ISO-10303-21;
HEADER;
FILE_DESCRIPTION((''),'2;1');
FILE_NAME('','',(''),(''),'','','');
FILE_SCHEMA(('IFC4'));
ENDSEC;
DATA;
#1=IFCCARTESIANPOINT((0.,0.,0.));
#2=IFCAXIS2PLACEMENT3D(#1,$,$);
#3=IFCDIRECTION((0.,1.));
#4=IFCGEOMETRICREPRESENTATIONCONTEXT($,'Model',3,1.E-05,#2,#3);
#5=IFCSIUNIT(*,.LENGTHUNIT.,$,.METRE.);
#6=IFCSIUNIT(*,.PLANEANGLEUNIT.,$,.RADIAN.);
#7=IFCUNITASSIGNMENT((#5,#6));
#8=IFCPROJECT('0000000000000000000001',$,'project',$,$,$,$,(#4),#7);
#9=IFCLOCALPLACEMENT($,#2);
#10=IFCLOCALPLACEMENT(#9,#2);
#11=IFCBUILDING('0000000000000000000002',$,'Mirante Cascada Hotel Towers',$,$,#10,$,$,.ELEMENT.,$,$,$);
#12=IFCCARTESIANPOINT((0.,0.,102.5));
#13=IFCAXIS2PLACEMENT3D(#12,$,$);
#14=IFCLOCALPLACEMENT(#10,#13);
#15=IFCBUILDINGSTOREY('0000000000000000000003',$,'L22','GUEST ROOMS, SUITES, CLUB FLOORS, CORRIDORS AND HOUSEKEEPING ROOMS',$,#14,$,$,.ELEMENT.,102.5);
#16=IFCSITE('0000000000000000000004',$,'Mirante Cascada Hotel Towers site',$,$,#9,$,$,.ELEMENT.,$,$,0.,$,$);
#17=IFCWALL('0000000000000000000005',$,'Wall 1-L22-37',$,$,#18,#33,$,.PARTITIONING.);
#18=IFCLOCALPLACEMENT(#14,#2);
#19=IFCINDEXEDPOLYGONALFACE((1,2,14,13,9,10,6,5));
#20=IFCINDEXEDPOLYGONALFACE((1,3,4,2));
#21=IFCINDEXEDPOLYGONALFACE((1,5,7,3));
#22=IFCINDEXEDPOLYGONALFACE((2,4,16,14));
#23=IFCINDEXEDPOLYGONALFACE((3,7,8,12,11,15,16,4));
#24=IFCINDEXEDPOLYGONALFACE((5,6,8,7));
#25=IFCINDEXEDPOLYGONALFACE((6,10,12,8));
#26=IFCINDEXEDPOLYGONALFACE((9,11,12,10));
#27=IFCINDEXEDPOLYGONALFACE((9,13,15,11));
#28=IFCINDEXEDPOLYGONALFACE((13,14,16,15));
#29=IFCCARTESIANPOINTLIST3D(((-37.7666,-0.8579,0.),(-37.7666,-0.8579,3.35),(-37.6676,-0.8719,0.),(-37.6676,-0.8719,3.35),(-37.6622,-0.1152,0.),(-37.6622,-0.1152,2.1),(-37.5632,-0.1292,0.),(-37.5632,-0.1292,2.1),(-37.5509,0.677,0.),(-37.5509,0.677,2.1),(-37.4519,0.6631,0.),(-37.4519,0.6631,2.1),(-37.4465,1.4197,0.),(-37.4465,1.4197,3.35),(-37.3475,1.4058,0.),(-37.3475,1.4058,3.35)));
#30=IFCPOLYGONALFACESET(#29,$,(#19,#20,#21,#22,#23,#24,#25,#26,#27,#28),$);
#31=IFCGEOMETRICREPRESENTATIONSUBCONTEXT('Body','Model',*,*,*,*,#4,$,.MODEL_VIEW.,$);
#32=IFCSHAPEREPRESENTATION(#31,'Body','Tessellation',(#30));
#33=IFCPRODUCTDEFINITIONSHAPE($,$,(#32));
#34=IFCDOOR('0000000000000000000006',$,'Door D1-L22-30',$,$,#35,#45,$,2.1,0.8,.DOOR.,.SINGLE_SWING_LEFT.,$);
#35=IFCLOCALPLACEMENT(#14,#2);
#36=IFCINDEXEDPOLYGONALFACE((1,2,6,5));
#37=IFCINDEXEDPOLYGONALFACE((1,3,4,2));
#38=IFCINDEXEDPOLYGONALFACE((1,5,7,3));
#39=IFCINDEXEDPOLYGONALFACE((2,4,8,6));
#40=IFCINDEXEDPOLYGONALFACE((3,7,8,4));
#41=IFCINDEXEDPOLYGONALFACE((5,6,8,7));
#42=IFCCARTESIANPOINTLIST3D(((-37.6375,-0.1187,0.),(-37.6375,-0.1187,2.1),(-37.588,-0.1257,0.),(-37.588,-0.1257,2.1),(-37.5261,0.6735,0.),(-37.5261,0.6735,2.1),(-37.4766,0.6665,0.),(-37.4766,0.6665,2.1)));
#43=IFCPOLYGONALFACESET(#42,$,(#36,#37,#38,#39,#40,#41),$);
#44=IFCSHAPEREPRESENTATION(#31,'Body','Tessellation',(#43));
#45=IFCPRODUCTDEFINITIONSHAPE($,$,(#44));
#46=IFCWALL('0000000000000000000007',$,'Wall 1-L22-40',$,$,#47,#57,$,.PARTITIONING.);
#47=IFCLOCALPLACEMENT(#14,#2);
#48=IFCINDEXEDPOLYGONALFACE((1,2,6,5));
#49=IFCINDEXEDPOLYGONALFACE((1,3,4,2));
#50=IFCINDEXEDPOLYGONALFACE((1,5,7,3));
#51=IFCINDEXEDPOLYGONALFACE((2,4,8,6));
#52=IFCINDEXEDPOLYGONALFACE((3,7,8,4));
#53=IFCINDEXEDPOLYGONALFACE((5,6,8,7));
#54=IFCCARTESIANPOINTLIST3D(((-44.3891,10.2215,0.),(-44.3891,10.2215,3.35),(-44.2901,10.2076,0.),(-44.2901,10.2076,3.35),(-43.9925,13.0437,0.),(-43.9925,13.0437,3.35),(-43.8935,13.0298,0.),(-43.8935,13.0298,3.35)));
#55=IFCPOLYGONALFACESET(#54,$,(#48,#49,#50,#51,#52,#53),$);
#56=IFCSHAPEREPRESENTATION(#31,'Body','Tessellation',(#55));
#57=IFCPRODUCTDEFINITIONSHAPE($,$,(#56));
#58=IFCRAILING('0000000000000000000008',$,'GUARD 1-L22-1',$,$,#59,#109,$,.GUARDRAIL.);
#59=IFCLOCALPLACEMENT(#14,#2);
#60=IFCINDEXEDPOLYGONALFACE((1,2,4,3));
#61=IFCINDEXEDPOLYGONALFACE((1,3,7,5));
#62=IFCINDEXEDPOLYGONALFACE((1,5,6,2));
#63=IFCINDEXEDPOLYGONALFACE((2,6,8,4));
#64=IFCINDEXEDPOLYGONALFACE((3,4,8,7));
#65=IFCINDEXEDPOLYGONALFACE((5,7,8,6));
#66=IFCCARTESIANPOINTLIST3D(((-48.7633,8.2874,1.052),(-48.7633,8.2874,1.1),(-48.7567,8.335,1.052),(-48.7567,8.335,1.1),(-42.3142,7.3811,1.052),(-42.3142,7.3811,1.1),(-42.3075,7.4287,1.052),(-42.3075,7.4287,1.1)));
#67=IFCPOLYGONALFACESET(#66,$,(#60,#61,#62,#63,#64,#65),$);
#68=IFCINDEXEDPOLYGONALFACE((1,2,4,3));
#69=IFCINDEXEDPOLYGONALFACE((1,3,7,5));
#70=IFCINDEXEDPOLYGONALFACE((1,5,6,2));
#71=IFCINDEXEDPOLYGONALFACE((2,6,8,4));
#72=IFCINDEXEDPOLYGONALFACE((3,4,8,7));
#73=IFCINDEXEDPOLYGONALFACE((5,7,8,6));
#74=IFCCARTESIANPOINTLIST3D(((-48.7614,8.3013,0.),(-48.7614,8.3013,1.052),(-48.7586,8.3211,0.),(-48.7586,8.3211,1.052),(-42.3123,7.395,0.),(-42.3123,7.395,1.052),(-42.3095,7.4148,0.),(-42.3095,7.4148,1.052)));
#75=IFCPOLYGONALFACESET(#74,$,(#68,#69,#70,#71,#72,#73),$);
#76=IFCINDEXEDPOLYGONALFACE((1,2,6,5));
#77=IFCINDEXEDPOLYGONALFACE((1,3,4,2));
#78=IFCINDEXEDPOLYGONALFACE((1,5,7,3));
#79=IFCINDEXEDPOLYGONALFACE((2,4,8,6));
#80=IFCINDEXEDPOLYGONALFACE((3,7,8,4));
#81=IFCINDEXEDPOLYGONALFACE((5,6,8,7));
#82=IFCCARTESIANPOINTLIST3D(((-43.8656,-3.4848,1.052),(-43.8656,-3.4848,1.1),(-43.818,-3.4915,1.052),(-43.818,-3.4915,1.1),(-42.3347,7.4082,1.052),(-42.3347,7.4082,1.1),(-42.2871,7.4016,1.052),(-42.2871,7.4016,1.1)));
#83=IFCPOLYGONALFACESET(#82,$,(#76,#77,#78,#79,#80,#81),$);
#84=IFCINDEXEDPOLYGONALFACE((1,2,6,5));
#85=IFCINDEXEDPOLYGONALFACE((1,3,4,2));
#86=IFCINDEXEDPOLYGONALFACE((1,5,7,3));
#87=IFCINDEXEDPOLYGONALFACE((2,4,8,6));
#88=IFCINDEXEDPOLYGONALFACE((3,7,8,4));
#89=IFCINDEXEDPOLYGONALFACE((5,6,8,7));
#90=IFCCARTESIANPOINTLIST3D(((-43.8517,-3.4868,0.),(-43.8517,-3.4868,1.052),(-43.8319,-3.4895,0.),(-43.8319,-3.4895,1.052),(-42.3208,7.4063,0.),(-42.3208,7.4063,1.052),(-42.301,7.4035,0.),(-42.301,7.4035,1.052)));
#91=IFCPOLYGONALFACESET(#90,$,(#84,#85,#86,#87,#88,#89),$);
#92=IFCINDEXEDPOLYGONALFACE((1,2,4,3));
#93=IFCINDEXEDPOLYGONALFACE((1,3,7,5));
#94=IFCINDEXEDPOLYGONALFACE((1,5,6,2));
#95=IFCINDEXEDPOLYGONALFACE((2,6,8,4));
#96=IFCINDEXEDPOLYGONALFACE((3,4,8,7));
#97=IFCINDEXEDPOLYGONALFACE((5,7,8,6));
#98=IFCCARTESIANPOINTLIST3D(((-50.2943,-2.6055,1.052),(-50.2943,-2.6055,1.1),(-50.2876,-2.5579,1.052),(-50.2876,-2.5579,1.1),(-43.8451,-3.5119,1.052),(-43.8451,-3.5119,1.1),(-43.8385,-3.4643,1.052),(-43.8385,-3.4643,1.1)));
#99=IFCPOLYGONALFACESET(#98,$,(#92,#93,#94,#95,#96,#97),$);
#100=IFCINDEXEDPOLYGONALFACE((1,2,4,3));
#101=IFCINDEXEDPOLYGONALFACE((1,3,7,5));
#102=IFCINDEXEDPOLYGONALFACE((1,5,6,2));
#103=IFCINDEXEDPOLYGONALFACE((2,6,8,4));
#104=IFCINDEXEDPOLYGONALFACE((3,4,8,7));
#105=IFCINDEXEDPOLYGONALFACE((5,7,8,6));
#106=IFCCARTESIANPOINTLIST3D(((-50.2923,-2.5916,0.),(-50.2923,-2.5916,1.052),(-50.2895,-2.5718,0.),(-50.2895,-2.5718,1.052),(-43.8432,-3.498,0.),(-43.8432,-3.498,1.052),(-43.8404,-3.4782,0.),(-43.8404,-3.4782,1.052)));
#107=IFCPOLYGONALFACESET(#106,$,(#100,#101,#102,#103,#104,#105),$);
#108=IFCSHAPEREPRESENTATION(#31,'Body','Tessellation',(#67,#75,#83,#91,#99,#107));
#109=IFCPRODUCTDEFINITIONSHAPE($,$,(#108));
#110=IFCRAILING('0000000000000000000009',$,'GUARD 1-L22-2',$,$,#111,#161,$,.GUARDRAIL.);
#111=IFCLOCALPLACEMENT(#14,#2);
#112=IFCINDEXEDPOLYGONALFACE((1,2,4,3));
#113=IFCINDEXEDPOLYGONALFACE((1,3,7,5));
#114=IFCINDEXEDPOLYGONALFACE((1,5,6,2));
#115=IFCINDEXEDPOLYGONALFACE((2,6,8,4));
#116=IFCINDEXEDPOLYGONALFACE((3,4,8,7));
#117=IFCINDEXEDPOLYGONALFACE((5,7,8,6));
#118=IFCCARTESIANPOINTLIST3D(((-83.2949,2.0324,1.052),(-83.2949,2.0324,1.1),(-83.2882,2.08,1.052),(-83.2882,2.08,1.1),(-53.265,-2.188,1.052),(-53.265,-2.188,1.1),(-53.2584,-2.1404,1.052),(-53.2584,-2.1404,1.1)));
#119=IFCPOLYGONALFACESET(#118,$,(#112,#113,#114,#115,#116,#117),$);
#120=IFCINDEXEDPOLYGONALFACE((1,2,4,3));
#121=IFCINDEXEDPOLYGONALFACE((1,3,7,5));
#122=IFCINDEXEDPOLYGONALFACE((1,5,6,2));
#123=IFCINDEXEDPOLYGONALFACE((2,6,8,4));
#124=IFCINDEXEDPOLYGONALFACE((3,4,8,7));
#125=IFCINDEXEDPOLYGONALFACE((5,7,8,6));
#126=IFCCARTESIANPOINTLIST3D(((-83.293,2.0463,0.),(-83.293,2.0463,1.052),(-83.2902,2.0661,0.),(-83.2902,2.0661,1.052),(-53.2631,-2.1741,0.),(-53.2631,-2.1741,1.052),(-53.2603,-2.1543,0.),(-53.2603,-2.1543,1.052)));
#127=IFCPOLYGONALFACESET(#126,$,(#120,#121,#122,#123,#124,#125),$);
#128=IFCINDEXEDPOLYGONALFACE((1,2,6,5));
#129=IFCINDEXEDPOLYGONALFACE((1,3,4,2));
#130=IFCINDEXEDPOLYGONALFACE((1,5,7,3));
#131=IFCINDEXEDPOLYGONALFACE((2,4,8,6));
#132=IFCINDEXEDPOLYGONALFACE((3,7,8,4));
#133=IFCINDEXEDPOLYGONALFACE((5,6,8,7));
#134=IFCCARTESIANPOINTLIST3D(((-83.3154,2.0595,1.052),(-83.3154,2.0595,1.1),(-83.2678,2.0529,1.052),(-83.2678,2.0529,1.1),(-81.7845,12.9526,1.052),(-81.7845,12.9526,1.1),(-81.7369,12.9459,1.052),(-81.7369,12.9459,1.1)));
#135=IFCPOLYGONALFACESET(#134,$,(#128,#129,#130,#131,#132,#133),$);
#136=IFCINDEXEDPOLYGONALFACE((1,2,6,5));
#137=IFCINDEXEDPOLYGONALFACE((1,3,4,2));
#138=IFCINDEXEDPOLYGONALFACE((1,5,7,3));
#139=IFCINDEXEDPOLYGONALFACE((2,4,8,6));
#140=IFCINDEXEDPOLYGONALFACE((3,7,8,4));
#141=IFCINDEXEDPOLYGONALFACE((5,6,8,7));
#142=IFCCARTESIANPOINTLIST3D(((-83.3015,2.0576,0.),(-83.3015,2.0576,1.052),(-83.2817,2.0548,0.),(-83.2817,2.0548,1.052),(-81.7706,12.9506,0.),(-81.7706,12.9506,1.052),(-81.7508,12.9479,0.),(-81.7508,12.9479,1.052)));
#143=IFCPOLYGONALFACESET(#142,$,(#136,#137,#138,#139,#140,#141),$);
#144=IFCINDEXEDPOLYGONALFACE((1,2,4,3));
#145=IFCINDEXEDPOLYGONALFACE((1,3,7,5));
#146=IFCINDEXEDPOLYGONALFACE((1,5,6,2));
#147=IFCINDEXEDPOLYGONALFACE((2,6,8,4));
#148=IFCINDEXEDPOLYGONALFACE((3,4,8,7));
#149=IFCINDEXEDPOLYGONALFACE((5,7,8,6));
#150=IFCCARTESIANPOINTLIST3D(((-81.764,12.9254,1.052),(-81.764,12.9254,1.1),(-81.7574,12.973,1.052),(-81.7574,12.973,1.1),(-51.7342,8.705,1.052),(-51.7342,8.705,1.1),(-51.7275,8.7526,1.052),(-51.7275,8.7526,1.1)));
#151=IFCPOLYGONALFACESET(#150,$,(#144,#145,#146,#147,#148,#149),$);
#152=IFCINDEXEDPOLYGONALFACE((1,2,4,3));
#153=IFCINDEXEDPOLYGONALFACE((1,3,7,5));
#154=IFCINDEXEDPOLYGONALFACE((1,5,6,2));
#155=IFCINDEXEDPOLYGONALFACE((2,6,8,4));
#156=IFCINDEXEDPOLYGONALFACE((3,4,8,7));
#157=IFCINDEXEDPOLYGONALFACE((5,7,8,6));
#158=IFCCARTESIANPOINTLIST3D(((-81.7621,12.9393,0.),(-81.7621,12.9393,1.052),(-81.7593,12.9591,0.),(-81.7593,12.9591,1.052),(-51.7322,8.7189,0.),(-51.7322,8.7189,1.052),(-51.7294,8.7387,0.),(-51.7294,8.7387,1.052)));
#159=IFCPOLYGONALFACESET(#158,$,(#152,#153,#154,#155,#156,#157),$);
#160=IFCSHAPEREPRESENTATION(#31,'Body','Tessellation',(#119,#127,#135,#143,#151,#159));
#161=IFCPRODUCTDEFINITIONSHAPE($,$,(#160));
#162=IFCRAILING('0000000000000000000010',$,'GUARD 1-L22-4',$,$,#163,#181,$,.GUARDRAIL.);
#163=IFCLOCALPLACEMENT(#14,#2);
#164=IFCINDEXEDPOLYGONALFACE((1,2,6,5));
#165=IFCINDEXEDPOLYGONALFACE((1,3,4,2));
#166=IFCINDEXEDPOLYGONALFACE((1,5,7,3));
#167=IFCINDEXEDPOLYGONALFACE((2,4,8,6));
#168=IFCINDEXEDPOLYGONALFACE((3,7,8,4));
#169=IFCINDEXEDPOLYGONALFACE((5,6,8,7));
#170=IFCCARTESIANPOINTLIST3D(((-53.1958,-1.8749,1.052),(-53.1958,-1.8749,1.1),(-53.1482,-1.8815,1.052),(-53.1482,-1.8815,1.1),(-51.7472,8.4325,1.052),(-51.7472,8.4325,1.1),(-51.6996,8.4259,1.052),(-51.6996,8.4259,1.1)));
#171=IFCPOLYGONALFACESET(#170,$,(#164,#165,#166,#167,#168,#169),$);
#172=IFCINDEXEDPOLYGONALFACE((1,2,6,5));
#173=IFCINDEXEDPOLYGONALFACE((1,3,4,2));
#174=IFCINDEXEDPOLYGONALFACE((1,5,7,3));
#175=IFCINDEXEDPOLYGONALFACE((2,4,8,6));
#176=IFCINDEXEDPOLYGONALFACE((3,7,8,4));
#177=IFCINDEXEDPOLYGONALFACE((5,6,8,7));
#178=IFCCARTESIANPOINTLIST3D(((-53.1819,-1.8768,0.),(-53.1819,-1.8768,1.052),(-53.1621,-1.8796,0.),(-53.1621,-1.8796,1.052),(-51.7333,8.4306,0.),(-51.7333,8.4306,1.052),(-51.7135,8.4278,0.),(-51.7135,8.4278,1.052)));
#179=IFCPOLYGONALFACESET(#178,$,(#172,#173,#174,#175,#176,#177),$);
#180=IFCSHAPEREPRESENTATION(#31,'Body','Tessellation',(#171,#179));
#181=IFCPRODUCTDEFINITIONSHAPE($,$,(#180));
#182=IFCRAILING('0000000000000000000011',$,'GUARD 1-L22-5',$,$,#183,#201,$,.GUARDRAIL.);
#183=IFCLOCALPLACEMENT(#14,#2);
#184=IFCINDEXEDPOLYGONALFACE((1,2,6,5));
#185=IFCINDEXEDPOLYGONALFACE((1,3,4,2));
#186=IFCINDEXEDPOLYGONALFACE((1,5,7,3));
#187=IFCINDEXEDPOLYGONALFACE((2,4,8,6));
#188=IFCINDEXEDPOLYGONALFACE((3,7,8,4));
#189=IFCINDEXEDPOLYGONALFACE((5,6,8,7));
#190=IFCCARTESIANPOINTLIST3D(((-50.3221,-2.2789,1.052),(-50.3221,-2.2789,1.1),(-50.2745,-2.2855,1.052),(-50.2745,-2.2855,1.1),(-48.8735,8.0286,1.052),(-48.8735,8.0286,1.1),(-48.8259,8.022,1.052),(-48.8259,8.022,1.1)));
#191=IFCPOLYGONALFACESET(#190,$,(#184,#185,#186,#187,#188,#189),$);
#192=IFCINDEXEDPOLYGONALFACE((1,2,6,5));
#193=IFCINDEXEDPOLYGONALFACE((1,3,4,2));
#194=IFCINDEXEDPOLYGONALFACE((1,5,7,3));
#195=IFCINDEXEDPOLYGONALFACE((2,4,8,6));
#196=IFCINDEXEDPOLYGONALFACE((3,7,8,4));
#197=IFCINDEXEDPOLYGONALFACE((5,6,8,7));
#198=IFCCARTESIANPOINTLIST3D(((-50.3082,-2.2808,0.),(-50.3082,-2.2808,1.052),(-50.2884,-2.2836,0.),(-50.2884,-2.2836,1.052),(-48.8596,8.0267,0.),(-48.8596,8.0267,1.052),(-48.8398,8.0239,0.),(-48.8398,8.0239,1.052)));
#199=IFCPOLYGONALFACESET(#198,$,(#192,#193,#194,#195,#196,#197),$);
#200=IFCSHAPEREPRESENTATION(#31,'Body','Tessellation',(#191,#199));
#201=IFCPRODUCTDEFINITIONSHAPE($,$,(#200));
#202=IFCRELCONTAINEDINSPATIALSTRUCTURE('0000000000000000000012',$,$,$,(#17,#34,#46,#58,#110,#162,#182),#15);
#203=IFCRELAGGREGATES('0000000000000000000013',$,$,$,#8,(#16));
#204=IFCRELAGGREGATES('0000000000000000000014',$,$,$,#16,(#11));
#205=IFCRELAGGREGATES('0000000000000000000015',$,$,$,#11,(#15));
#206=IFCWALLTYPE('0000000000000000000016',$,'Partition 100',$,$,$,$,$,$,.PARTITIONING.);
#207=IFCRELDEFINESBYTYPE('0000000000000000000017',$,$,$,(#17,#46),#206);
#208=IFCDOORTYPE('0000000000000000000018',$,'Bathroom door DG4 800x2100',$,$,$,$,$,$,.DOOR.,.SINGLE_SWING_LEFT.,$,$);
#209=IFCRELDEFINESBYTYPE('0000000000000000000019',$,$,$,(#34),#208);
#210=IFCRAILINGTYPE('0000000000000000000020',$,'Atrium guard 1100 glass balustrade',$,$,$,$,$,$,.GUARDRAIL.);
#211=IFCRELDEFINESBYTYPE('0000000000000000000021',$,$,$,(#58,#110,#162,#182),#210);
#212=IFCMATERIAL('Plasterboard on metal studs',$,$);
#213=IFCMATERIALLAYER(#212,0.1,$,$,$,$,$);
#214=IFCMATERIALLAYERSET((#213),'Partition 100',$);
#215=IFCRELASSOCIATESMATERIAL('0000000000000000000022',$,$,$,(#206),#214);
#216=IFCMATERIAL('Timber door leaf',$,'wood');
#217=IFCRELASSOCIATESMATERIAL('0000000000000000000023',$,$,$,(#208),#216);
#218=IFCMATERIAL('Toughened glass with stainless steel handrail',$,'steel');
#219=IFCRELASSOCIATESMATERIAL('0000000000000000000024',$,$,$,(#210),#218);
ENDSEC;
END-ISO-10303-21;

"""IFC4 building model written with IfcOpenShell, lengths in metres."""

from ifc_helpers import new_model, si_unit, direction, frame, frame_2d, origin, origin_2d, place, context, subcontext, project, spatial, rectangle, extrude, material, layer, layer_set, type_object, element, fill, save


model = new_model("IFC4")

# Units and contexts
model_context = context("Model", 3, precision=1e-05, world=origin(), true_north=direction((0.0, 1.0)))
body_context = subcontext(model_context, "Body", "Model", "MODEL_VIEW")
ifc_project = project(units=[si_unit("LENGTHUNIT", "METRE"), si_unit("PLANEANGLEUNIT", "RADIAN")], contexts=[model_context])

# Site, building, storey
site_placement = place(None, origin())
site = spatial("IfcSite", under=ifc_project, at=site_placement, Name="Mirante Cascada Hotel Towers site", CompositionType="ELEMENT", RefElevation=0.0)
building_placement = place(site_placement, origin())
building = spatial("IfcBuilding", under=site, at=building_placement, Name="Mirante Cascada Hotel Towers", CompositionType="ELEMENT")
storey_placement = place(building_placement, frame((0.0, 0.0, 102.5)))
storey = spatial("IfcBuildingStorey", under=building, at=storey_placement, Name="L22", Description="GUEST ROOMS, SUITES, CLUB FLOORS, CORRIDORS AND HOUSEKEEPING ROOMS", CompositionType="ELEMENT", Elevation=102.5)

# Shared definitions
ifc_material_1 = material(Name="Plasterboard on metal studs")
ifc_layer_1 = layer(ifc_material_1, 0.1)
ifc_layer_set_1 = layer_set([ifc_layer_1], Name="Partition 100")
wall_type_1 = type_object("IfcWallType", Name="Partition 100", PredefinedType="PARTITIONING", material=ifc_layer_set_1)

# Wall, opening, door
ifc_material_2 = material(Name="Timber door leaf", Category="wood")
door_type_1 = type_object("IfcDoorType", Name="Bathroom door DG4 800x2100", OperationType="SINGLE_SWING_LEFT", PredefinedType="DOOR", material=ifc_material_2)
wall_1_placement = place(storey_placement, frame((-37.7171, -0.8649, 0.0), z_axis=(0.0, 0.0, 1.0), x_axis=(0.139175, 0.990268, 0.0)))
wall_1 = element("IfcWall", 1, at=wall_1_placement, inside=storey, type_object=wall_type_1, Name="Wall 1-L22-37", PredefinedType="PARTITIONING", context=body_context, shape_type="SweptSolid", body=[
    extrude(rectangle(XDim=2.3, YDim=0.1, at=frame_2d((1.15, 0.0))), origin(), (0.0, 0.0, 1.0), 3.35),
])
opening_1_placement = place(wall_1_placement, frame((0.75, 0.0, 0.0)))
opening_1 = element("IfcOpeningElement", 2, at=opening_1_placement, cuts=wall_1, PredefinedType="OPENING", context=body_context, shape_type="SweptSolid", body=[
    extrude(rectangle(XDim=0.8, YDim=2.1, at=frame_2d((0.4, 1.05))), frame((0.0, 0.05, 0.0), z_axis=(0.0, -1.0, 0.0), x_axis=(1.0, 0.0, 0.0)), (0.0, 0.0, 1.0), 0.1),
])
door_1_placement = place(opening_1_placement, origin())
door_1 = element("IfcDoor", 3, at=door_1_placement, inside=storey, type_object=door_type_1, Name="Door D1-L22-30", OperationType="SINGLE_SWING_LEFT", OverallHeight=2.1, OverallWidth=0.8, PredefinedType="DOOR", context=body_context, shape_type="SweptSolid", body=[
    extrude(rectangle(XDim=0.8, YDim=2.1, at=frame_2d((0.4, 1.05))), frame((0.0, 0.025, 0.0), z_axis=(0.0, -1.0, 0.0), x_axis=(1.0, 0.0, 0.0)), (0.0, 0.0, 1.0), 0.05),
])
fill(opening_1, door_1)

# Wall
wall_2_placement = place(storey_placement, frame((-43.943, 13.0368, 0.0), z_axis=(0.0, 0.0, 1.0), x_axis=(-0.139161, -0.99027, 0.0)))
element("IfcWall", 4, at=wall_2_placement, inside=storey, type_object=wall_type_1, Name="Wall 1-L22-40", PredefinedType="PARTITIONING", context=body_context, shape_type="SweptSolid", body=[
    extrude(rectangle(XDim=2.8499, YDim=0.1, at=frame_2d((1.425, 0.0))), origin(), (0.0, 0.0, 1.0), 3.35),
])

# Railings
ifc_material_3 = material(Name="Toughened glass with stainless steel handrail", Category="steel")
railing_type = type_object("IfcRailingType", Name="Atrium guard 1100 glass balustrade", PredefinedType="GUARDRAIL", material=ifc_material_3)
railing_1_placement = place(storey_placement, frame((-48.76, 8.3112, 0.0)))
element("IfcRailing", 5, at=railing_1_placement, inside=storey, type_object=railing_type, Name="GUARD 1-L22-1", PredefinedType="GUARDRAIL", context=body_context, shape_type="SweptSolid", body=[
    extrude(rectangle(XDim=0.048, YDim=0.048, at=origin_2d()), frame((0.0, 0.0, 1.076), z_axis=(0.990269, -0.139164, 0.0), x_axis=(0.139164, 0.990269, 0.0)), (0.0, 0.0, 1.0), 6.5125),
    extrude(rectangle(XDim=0.02, YDim=1.052, at=origin_2d()), frame((0.0, 0.0, 0.526), z_axis=(0.990269, -0.139164, 0.0), x_axis=(0.139164, 0.990269, 0.0)), (0.0, 0.0, 1.0), 6.5125),
    extrude(rectangle(XDim=0.048, YDim=0.048, at=origin_2d()), frame((6.4491, -0.9063, 1.076), z_axis=(-0.139172, -0.990268, 0.0), x_axis=(0.990268, -0.139172, 0.0)), (0.0, 0.0, 1.0), 11.0001),
    extrude(rectangle(XDim=0.02, YDim=1.052, at=origin_2d()), frame((6.4491, -0.9063, 0.526), z_axis=(-0.139172, -0.990268, 0.0), x_axis=(0.990268, -0.139172, 0.0)), (0.0, 0.0, 1.0), 11.0001),
    extrude(rectangle(XDim=0.048, YDim=0.048, at=origin_2d()), frame((4.9182, -11.7993, 1.076), z_axis=(-0.990267, 0.139179, 0.0), x_axis=(-0.139179, -0.990267, 0.0)), (0.0, 0.0, 1.0), 6.5125),
    extrude(rectangle(XDim=0.02, YDim=1.052, at=origin_2d()), frame((4.9182, -11.7993, 0.526), z_axis=(-0.990267, 0.139179, 0.0), x_axis=(-0.139179, -0.990267, 0.0)), (0.0, 0.0, 1.0), 6.5125),
])
railing_2_placement = place(storey_placement, frame((-53.2617, -2.1642, 0.0)))
element("IfcRailing", 6, at=railing_2_placement, inside=storey, type_object=railing_type, Name="GUARD 1-L22-2", PredefinedType="GUARDRAIL", context=body_context, shape_type="SweptSolid", body=[
    extrude(rectangle(XDim=0.048, YDim=0.048, at=origin_2d()), frame((0.0, 0.0, 1.076), z_axis=(-0.990268, 0.139172, 0.0), x_axis=(-0.139172, -0.990268, 0.0)), (0.0, 0.0, 1.0), 30.325),
    extrude(rectangle(XDim=0.02, YDim=1.052, at=origin_2d()), frame((0.0, 0.0, 0.526), z_axis=(-0.990268, 0.139172, 0.0), x_axis=(-0.139172, -0.990268, 0.0)), (0.0, 0.0, 1.0), 30.325),
    extrude(rectangle(XDim=0.048, YDim=0.048, at=origin_2d()), frame((-30.0299, 4.2204, 1.076), z_axis=(0.139172, 0.990268, 0.0), x_axis=(-0.990268, 0.139172, 0.0)), (0.0, 0.0, 1.0), 11.0001),
    extrude(rectangle(XDim=0.02, YDim=1.052, at=origin_2d()), frame((-30.0299, 4.2204, 0.526), z_axis=(0.139172, 0.990268, 0.0), x_axis=(-0.990268, 0.139172, 0.0)), (0.0, 0.0, 1.0), 11.0001),
    extrude(rectangle(XDim=0.048, YDim=0.048, at=origin_2d()), frame((-28.499, 15.1134, 1.076), z_axis=(0.990268, -0.139172, 0.0), x_axis=(0.139172, 0.990268, 0.0)), (0.0, 0.0, 1.0), 30.325),
    extrude(rectangle(XDim=0.02, YDim=1.052, at=origin_2d()), frame((-28.499, 15.1134, 0.526), z_axis=(0.990268, -0.139172, 0.0), x_axis=(0.139172, 0.990268, 0.0)), (0.0, 0.0, 1.0), 30.325),
])
railing_3_placement = place(storey_placement, frame((-53.172, -1.8782, 0.0)))
element("IfcRailing", 7, at=railing_3_placement, inside=storey, type_object=railing_type, Name="GUARD 1-L22-4", PredefinedType="GUARDRAIL", context=body_context, shape_type="SweptSolid", body=[
    extrude(rectangle(XDim=0.048, YDim=0.048, at=origin_2d()), frame((0.0, 0.0, 1.076), z_axis=(0.139172, 0.990268, 0.0), x_axis=(-0.990268, 0.139172, 0.0)), (0.0, 0.0, 1.0), 10.4087),
    extrude(rectangle(XDim=0.02, YDim=1.052, at=origin_2d()), frame((0.0, 0.0, 0.526), z_axis=(0.139172, 0.990268, 0.0), x_axis=(-0.990268, 0.139172, 0.0)), (0.0, 0.0, 1.0), 10.4087),
])
railing_4_placement = place(storey_placement, frame((-48.8497, 8.0253, 0.0)))
element("IfcRailing", 8, at=railing_4_placement, inside=storey, type_object=railing_type, Name="GUARD 1-L22-5", PredefinedType="GUARDRAIL", context=body_context, shape_type="SweptSolid", body=[
    extrude(rectangle(XDim=0.048, YDim=0.048, at=origin_2d()), frame((0.0, 0.0, 1.076), z_axis=(-0.139171, -0.990268, 0.0), x_axis=(0.990268, -0.139171, 0.0)), (0.0, 0.0, 1.0), 10.4088),
    extrude(rectangle(XDim=0.02, YDim=1.052, at=origin_2d()), frame((0.0, 0.0, 0.526), z_axis=(-0.139171, -0.990268, 0.0), x_axis=(0.990268, -0.139171, 0.0)), (0.0, 0.0, 1.0), 10.4088),
])

save(model, "model.ifc")
